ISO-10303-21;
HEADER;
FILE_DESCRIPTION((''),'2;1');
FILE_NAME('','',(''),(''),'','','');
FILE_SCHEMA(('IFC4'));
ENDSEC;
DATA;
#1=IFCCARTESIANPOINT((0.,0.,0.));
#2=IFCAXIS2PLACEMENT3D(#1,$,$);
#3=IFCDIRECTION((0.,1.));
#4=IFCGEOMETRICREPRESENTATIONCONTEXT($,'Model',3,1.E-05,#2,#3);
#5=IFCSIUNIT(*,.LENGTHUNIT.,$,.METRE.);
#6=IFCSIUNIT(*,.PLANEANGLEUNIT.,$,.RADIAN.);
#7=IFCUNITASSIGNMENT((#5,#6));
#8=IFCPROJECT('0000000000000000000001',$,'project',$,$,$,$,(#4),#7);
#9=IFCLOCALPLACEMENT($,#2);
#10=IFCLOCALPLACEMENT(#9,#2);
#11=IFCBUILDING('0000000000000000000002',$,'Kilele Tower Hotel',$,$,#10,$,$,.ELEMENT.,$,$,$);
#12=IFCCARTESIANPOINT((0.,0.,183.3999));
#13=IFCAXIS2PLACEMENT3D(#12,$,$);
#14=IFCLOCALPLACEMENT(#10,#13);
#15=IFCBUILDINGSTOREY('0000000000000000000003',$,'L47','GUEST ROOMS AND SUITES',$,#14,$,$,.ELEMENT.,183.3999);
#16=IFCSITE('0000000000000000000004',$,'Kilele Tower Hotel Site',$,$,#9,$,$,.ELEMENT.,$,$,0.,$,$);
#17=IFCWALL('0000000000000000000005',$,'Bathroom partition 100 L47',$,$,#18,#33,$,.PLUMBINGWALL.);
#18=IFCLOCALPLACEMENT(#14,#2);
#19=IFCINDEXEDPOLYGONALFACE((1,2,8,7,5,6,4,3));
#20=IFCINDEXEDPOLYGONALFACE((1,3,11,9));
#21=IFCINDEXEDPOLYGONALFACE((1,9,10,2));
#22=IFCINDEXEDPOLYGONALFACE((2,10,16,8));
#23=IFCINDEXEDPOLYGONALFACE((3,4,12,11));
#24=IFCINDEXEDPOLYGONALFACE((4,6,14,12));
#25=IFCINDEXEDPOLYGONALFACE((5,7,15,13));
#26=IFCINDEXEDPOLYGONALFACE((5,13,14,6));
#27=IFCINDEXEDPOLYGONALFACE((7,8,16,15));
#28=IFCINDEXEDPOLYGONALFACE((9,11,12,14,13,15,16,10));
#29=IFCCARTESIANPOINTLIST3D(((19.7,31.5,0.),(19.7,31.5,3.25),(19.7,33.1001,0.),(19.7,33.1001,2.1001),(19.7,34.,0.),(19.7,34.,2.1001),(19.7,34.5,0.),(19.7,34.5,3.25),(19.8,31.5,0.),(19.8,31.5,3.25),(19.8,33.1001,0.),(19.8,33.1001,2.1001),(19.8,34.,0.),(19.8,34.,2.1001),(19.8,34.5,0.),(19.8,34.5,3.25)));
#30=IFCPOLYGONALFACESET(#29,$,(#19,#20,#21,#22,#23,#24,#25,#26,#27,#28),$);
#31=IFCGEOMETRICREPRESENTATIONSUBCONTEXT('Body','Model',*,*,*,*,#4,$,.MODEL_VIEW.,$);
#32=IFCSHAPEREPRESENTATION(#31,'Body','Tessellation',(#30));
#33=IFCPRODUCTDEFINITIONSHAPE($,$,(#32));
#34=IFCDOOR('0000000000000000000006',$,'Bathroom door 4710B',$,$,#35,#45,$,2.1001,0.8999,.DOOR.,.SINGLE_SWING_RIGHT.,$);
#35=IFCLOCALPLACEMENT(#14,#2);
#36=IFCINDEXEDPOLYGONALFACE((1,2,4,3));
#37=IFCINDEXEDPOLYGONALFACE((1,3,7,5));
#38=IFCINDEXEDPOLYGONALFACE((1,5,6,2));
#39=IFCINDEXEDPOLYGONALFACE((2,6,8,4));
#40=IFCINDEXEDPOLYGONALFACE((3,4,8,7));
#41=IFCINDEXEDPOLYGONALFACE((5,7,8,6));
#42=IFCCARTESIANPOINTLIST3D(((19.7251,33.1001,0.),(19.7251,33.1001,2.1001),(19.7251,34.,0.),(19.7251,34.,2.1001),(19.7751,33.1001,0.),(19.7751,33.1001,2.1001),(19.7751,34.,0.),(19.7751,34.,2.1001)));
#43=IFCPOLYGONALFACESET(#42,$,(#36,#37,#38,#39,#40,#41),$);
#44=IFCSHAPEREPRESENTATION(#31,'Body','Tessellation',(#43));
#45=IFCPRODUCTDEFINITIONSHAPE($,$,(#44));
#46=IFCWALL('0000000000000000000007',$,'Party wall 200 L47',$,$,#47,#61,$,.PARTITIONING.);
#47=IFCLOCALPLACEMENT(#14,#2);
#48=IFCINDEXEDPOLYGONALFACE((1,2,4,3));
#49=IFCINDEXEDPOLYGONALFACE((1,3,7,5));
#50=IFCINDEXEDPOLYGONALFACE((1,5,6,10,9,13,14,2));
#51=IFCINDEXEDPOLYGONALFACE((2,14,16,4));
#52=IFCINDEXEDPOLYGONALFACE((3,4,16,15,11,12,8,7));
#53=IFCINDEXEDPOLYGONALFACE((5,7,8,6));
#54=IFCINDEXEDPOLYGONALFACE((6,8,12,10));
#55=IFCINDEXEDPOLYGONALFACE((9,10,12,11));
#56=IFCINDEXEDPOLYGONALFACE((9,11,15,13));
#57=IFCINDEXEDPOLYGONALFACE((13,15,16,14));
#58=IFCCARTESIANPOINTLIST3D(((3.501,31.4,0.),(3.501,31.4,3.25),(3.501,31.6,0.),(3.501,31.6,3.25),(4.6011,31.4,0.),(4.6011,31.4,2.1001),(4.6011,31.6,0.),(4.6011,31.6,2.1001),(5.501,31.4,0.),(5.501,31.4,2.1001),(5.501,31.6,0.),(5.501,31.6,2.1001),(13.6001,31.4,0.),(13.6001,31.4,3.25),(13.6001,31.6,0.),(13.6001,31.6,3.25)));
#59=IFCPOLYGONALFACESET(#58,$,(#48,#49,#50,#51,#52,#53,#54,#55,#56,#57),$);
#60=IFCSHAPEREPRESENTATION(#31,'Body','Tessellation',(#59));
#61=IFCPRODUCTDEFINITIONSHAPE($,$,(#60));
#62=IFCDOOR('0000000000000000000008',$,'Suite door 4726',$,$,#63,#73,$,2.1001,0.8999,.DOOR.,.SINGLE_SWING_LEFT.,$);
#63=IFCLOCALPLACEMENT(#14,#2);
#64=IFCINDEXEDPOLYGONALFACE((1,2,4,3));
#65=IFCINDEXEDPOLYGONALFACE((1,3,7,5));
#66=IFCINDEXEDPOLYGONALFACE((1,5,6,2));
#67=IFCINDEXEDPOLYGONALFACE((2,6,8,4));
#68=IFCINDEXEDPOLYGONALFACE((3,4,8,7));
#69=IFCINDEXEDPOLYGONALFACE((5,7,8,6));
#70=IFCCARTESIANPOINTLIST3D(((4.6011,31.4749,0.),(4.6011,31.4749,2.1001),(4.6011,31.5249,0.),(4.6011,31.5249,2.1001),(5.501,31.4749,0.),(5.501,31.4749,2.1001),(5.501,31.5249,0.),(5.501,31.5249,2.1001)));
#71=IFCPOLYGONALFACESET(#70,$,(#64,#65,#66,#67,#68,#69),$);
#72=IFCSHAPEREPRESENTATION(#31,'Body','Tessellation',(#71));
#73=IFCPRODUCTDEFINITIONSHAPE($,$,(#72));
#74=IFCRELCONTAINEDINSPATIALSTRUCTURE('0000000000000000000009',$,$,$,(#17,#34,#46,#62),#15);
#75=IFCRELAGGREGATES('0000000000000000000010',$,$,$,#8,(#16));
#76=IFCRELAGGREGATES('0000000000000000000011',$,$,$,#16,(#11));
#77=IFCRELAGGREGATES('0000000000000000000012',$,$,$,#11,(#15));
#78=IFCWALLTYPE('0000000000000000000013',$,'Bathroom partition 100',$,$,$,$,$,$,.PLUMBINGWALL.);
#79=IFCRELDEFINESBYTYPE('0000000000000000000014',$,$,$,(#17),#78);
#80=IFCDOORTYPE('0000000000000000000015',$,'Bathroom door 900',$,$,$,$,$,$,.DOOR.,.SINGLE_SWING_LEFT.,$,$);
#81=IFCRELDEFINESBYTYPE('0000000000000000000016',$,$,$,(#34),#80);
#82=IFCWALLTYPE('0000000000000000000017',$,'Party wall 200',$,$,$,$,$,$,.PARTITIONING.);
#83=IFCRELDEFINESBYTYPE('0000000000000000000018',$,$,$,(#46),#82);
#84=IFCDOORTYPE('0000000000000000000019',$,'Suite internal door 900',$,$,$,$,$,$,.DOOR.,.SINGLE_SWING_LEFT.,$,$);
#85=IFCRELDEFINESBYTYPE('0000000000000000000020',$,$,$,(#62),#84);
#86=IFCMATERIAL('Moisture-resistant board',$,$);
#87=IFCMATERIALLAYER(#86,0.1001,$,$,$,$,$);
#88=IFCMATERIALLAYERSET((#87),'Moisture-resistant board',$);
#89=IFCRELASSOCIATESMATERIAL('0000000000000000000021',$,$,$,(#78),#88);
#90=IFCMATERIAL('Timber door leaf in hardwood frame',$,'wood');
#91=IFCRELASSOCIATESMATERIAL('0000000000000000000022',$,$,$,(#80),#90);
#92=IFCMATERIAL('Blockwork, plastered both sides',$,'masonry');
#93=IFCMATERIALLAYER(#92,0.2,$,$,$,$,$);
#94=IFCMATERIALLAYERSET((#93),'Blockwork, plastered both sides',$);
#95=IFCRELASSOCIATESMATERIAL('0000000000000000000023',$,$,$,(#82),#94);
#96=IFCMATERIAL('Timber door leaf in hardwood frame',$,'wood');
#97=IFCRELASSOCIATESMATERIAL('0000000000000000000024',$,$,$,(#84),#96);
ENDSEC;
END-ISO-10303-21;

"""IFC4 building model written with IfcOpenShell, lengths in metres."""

from ifc_helpers import new_model, si_unit, direction, frame, frame_2d, origin, place, context, subcontext, project, spatial, rectangle, extrude, material, layer, layer_set, type_object, element, fill, save


model = new_model("IFC4")

# Units and contexts
model_context = context("Model", 3, precision=1e-05, world=origin(), true_north=direction((0.0, 1.0)))
body_context = subcontext(model_context, "Body", "Model", "MODEL_VIEW")
ifc_project = project(units=[si_unit("LENGTHUNIT", "METRE"), si_unit("PLANEANGLEUNIT", "RADIAN")], contexts=[model_context])

# Site, building, storey
site_placement = place(None, origin())
site = spatial("IfcSite", under=ifc_project, at=site_placement, Name="Kilele Tower Hotel Site", CompositionType="ELEMENT", RefElevation=0.0)
building_placement = place(site_placement, origin())
building = spatial("IfcBuilding", under=site, at=building_placement, Name="Kilele Tower Hotel", CompositionType="ELEMENT")
storey_placement = place(building_placement, frame((0.0, 0.0, 183.3999)))
storey = spatial("IfcBuildingStorey", under=building, at=storey_placement, Name="L47", Description="GUEST ROOMS AND SUITES", CompositionType="ELEMENT", Elevation=183.3999)

# Shared definitions
ifc_material_1 = material(Name="Moisture-resistant board")
ifc_layer_1 = layer(ifc_material_1, 0.1001)
ifc_layer_set_1 = layer_set([ifc_layer_1], Name="Moisture-resistant board")
wall_type_1 = type_object("IfcWallType", Name="Bathroom partition 100", PredefinedType="PLUMBINGWALL", material=ifc_layer_set_1)

# Shared definitions
ifc_material_2 = material(Name="Timber door leaf in hardwood frame", Category="wood")
door_type_1 = type_object("IfcDoorType", Name="Bathroom door 900", OperationType="SINGLE_SWING_LEFT", PredefinedType="DOOR", material=ifc_material_2)

# Walls, openings, doors
wall_1_placement = place(storey_placement, frame((19.75, 31.5, 0.0), z_axis=(0.0, 0.0, 1.0), x_axis=(0.0, 1.0, 0.0)))
wall_1 = element("IfcWall", 1, at=wall_1_placement, inside=storey, type_object=wall_type_1, Name="Bathroom partition 100 L47", PredefinedType="PLUMBINGWALL", context=body_context, shape_type="SweptSolid", body=[
    extrude(rectangle(XDim=3.0, YDim=0.1001, at=frame_2d((1.5, 0.0))), origin(), (0.0, 0.0, 1.0), 3.25),
])
opening_1_placement = place(wall_1_placement, frame((1.6001, 0.0, 0.0)))
opening_1 = element("IfcOpeningElement", 2, at=opening_1_placement, cuts=wall_1, PredefinedType="OPENING", context=body_context, shape_type="SweptSolid", body=[
    extrude(rectangle(XDim=0.8999, YDim=2.1001, at=frame_2d((0.45, 1.05))), frame((0.0, 0.0601, 0.0), z_axis=(0.0, -1.0, 0.0), x_axis=(1.0, 0.0, 0.0)), (0.0, 0.0, 1.0), 0.1201),
])
door_1_placement = place(opening_1_placement, origin())
door_1 = element("IfcDoor", 3, at=door_1_placement, inside=storey, type_object=door_type_1, Name="Bathroom door 4710B", OperationType="SINGLE_SWING_RIGHT", OverallHeight=2.1001, OverallWidth=0.8999, PredefinedType="DOOR", context=body_context, shape_type="SweptSolid", body=[
    extrude(rectangle(XDim=0.8999, YDim=2.1001, at=frame_2d((0.45, 1.05))), frame((0.0, 0.0249, 0.0), z_axis=(0.0, -1.0, 0.0), x_axis=(1.0, 0.0, 0.0)), (0.0, 0.0, 1.0), 0.05),
])
fill(opening_1, door_1)
ifc_material_3 = material(Name="Blockwork, plastered both sides", Category="masonry")
ifc_layer_2 = layer(ifc_material_3, 0.2)
ifc_layer_set_2 = layer_set([ifc_layer_2], Name="Blockwork, plastered both sides")
wall_type_2 = type_object("IfcWallType", Name="Party wall 200", PredefinedType="PARTITIONING", material=ifc_layer_set_2)
wall_2_placement = place(storey_placement, frame((13.6001, 31.5, 0.0), z_axis=(0.0, 0.0, 1.0), x_axis=(-1.0, 0.0, 0.0)))
wall_2 = element("IfcWall", 4, at=wall_2_placement, inside=storey, type_object=wall_type_2, Name="Party wall 200 L47", PredefinedType="PARTITIONING", context=body_context, shape_type="SweptSolid", body=[
    extrude(rectangle(XDim=10.0991, YDim=0.2, at=frame_2d((5.0496, 0.0))), origin(), (0.0, 0.0, 1.0), 3.25),
])
opening_2_placement = place(wall_2_placement, frame((8.999, 0.0, 0.0), z_axis=(0.0, 0.0, 1.0), x_axis=(-1.0, 0.0, 0.0)))
opening_2 = element("IfcOpeningElement", 5, at=opening_2_placement, cuts=wall_2, PredefinedType="OPENING", context=body_context, shape_type="SweptSolid", body=[
    extrude(rectangle(XDim=0.8999, YDim=2.1001, at=frame_2d((0.45, 1.05))), frame((0.0, 0.1099, 0.0), z_axis=(0.0, -1.0, 0.0), x_axis=(1.0, 0.0, 0.0)), (0.0, 0.0, 1.0), 0.22),
])
ifc_material_4 = material(Name="Timber door leaf in hardwood frame", Category="wood")
door_type_2 = type_object("IfcDoorType", Name="Suite internal door 900", OperationType="SINGLE_SWING_LEFT", PredefinedType="DOOR", material=ifc_material_4)
door_2_placement = place(opening_2_placement, origin())
door_2 = element("IfcDoor", 6, at=door_2_placement, inside=storey, type_object=door_type_2, Name="Suite door 4726", OperationType="SINGLE_SWING_LEFT", OverallHeight=2.1001, OverallWidth=0.8999, PredefinedType="DOOR", context=body_context, shape_type="SweptSolid", body=[
    extrude(rectangle(XDim=0.8999, YDim=2.1001, at=frame_2d((0.45, 1.05))), frame((0.0, 0.0249, 0.0), z_axis=(0.0, -1.0, 0.0), x_axis=(1.0, 0.0, 0.0)), (0.0, 0.0, 1.0), 0.05),
])
fill(opening_2, door_2)

save(model, "model.ifc")
